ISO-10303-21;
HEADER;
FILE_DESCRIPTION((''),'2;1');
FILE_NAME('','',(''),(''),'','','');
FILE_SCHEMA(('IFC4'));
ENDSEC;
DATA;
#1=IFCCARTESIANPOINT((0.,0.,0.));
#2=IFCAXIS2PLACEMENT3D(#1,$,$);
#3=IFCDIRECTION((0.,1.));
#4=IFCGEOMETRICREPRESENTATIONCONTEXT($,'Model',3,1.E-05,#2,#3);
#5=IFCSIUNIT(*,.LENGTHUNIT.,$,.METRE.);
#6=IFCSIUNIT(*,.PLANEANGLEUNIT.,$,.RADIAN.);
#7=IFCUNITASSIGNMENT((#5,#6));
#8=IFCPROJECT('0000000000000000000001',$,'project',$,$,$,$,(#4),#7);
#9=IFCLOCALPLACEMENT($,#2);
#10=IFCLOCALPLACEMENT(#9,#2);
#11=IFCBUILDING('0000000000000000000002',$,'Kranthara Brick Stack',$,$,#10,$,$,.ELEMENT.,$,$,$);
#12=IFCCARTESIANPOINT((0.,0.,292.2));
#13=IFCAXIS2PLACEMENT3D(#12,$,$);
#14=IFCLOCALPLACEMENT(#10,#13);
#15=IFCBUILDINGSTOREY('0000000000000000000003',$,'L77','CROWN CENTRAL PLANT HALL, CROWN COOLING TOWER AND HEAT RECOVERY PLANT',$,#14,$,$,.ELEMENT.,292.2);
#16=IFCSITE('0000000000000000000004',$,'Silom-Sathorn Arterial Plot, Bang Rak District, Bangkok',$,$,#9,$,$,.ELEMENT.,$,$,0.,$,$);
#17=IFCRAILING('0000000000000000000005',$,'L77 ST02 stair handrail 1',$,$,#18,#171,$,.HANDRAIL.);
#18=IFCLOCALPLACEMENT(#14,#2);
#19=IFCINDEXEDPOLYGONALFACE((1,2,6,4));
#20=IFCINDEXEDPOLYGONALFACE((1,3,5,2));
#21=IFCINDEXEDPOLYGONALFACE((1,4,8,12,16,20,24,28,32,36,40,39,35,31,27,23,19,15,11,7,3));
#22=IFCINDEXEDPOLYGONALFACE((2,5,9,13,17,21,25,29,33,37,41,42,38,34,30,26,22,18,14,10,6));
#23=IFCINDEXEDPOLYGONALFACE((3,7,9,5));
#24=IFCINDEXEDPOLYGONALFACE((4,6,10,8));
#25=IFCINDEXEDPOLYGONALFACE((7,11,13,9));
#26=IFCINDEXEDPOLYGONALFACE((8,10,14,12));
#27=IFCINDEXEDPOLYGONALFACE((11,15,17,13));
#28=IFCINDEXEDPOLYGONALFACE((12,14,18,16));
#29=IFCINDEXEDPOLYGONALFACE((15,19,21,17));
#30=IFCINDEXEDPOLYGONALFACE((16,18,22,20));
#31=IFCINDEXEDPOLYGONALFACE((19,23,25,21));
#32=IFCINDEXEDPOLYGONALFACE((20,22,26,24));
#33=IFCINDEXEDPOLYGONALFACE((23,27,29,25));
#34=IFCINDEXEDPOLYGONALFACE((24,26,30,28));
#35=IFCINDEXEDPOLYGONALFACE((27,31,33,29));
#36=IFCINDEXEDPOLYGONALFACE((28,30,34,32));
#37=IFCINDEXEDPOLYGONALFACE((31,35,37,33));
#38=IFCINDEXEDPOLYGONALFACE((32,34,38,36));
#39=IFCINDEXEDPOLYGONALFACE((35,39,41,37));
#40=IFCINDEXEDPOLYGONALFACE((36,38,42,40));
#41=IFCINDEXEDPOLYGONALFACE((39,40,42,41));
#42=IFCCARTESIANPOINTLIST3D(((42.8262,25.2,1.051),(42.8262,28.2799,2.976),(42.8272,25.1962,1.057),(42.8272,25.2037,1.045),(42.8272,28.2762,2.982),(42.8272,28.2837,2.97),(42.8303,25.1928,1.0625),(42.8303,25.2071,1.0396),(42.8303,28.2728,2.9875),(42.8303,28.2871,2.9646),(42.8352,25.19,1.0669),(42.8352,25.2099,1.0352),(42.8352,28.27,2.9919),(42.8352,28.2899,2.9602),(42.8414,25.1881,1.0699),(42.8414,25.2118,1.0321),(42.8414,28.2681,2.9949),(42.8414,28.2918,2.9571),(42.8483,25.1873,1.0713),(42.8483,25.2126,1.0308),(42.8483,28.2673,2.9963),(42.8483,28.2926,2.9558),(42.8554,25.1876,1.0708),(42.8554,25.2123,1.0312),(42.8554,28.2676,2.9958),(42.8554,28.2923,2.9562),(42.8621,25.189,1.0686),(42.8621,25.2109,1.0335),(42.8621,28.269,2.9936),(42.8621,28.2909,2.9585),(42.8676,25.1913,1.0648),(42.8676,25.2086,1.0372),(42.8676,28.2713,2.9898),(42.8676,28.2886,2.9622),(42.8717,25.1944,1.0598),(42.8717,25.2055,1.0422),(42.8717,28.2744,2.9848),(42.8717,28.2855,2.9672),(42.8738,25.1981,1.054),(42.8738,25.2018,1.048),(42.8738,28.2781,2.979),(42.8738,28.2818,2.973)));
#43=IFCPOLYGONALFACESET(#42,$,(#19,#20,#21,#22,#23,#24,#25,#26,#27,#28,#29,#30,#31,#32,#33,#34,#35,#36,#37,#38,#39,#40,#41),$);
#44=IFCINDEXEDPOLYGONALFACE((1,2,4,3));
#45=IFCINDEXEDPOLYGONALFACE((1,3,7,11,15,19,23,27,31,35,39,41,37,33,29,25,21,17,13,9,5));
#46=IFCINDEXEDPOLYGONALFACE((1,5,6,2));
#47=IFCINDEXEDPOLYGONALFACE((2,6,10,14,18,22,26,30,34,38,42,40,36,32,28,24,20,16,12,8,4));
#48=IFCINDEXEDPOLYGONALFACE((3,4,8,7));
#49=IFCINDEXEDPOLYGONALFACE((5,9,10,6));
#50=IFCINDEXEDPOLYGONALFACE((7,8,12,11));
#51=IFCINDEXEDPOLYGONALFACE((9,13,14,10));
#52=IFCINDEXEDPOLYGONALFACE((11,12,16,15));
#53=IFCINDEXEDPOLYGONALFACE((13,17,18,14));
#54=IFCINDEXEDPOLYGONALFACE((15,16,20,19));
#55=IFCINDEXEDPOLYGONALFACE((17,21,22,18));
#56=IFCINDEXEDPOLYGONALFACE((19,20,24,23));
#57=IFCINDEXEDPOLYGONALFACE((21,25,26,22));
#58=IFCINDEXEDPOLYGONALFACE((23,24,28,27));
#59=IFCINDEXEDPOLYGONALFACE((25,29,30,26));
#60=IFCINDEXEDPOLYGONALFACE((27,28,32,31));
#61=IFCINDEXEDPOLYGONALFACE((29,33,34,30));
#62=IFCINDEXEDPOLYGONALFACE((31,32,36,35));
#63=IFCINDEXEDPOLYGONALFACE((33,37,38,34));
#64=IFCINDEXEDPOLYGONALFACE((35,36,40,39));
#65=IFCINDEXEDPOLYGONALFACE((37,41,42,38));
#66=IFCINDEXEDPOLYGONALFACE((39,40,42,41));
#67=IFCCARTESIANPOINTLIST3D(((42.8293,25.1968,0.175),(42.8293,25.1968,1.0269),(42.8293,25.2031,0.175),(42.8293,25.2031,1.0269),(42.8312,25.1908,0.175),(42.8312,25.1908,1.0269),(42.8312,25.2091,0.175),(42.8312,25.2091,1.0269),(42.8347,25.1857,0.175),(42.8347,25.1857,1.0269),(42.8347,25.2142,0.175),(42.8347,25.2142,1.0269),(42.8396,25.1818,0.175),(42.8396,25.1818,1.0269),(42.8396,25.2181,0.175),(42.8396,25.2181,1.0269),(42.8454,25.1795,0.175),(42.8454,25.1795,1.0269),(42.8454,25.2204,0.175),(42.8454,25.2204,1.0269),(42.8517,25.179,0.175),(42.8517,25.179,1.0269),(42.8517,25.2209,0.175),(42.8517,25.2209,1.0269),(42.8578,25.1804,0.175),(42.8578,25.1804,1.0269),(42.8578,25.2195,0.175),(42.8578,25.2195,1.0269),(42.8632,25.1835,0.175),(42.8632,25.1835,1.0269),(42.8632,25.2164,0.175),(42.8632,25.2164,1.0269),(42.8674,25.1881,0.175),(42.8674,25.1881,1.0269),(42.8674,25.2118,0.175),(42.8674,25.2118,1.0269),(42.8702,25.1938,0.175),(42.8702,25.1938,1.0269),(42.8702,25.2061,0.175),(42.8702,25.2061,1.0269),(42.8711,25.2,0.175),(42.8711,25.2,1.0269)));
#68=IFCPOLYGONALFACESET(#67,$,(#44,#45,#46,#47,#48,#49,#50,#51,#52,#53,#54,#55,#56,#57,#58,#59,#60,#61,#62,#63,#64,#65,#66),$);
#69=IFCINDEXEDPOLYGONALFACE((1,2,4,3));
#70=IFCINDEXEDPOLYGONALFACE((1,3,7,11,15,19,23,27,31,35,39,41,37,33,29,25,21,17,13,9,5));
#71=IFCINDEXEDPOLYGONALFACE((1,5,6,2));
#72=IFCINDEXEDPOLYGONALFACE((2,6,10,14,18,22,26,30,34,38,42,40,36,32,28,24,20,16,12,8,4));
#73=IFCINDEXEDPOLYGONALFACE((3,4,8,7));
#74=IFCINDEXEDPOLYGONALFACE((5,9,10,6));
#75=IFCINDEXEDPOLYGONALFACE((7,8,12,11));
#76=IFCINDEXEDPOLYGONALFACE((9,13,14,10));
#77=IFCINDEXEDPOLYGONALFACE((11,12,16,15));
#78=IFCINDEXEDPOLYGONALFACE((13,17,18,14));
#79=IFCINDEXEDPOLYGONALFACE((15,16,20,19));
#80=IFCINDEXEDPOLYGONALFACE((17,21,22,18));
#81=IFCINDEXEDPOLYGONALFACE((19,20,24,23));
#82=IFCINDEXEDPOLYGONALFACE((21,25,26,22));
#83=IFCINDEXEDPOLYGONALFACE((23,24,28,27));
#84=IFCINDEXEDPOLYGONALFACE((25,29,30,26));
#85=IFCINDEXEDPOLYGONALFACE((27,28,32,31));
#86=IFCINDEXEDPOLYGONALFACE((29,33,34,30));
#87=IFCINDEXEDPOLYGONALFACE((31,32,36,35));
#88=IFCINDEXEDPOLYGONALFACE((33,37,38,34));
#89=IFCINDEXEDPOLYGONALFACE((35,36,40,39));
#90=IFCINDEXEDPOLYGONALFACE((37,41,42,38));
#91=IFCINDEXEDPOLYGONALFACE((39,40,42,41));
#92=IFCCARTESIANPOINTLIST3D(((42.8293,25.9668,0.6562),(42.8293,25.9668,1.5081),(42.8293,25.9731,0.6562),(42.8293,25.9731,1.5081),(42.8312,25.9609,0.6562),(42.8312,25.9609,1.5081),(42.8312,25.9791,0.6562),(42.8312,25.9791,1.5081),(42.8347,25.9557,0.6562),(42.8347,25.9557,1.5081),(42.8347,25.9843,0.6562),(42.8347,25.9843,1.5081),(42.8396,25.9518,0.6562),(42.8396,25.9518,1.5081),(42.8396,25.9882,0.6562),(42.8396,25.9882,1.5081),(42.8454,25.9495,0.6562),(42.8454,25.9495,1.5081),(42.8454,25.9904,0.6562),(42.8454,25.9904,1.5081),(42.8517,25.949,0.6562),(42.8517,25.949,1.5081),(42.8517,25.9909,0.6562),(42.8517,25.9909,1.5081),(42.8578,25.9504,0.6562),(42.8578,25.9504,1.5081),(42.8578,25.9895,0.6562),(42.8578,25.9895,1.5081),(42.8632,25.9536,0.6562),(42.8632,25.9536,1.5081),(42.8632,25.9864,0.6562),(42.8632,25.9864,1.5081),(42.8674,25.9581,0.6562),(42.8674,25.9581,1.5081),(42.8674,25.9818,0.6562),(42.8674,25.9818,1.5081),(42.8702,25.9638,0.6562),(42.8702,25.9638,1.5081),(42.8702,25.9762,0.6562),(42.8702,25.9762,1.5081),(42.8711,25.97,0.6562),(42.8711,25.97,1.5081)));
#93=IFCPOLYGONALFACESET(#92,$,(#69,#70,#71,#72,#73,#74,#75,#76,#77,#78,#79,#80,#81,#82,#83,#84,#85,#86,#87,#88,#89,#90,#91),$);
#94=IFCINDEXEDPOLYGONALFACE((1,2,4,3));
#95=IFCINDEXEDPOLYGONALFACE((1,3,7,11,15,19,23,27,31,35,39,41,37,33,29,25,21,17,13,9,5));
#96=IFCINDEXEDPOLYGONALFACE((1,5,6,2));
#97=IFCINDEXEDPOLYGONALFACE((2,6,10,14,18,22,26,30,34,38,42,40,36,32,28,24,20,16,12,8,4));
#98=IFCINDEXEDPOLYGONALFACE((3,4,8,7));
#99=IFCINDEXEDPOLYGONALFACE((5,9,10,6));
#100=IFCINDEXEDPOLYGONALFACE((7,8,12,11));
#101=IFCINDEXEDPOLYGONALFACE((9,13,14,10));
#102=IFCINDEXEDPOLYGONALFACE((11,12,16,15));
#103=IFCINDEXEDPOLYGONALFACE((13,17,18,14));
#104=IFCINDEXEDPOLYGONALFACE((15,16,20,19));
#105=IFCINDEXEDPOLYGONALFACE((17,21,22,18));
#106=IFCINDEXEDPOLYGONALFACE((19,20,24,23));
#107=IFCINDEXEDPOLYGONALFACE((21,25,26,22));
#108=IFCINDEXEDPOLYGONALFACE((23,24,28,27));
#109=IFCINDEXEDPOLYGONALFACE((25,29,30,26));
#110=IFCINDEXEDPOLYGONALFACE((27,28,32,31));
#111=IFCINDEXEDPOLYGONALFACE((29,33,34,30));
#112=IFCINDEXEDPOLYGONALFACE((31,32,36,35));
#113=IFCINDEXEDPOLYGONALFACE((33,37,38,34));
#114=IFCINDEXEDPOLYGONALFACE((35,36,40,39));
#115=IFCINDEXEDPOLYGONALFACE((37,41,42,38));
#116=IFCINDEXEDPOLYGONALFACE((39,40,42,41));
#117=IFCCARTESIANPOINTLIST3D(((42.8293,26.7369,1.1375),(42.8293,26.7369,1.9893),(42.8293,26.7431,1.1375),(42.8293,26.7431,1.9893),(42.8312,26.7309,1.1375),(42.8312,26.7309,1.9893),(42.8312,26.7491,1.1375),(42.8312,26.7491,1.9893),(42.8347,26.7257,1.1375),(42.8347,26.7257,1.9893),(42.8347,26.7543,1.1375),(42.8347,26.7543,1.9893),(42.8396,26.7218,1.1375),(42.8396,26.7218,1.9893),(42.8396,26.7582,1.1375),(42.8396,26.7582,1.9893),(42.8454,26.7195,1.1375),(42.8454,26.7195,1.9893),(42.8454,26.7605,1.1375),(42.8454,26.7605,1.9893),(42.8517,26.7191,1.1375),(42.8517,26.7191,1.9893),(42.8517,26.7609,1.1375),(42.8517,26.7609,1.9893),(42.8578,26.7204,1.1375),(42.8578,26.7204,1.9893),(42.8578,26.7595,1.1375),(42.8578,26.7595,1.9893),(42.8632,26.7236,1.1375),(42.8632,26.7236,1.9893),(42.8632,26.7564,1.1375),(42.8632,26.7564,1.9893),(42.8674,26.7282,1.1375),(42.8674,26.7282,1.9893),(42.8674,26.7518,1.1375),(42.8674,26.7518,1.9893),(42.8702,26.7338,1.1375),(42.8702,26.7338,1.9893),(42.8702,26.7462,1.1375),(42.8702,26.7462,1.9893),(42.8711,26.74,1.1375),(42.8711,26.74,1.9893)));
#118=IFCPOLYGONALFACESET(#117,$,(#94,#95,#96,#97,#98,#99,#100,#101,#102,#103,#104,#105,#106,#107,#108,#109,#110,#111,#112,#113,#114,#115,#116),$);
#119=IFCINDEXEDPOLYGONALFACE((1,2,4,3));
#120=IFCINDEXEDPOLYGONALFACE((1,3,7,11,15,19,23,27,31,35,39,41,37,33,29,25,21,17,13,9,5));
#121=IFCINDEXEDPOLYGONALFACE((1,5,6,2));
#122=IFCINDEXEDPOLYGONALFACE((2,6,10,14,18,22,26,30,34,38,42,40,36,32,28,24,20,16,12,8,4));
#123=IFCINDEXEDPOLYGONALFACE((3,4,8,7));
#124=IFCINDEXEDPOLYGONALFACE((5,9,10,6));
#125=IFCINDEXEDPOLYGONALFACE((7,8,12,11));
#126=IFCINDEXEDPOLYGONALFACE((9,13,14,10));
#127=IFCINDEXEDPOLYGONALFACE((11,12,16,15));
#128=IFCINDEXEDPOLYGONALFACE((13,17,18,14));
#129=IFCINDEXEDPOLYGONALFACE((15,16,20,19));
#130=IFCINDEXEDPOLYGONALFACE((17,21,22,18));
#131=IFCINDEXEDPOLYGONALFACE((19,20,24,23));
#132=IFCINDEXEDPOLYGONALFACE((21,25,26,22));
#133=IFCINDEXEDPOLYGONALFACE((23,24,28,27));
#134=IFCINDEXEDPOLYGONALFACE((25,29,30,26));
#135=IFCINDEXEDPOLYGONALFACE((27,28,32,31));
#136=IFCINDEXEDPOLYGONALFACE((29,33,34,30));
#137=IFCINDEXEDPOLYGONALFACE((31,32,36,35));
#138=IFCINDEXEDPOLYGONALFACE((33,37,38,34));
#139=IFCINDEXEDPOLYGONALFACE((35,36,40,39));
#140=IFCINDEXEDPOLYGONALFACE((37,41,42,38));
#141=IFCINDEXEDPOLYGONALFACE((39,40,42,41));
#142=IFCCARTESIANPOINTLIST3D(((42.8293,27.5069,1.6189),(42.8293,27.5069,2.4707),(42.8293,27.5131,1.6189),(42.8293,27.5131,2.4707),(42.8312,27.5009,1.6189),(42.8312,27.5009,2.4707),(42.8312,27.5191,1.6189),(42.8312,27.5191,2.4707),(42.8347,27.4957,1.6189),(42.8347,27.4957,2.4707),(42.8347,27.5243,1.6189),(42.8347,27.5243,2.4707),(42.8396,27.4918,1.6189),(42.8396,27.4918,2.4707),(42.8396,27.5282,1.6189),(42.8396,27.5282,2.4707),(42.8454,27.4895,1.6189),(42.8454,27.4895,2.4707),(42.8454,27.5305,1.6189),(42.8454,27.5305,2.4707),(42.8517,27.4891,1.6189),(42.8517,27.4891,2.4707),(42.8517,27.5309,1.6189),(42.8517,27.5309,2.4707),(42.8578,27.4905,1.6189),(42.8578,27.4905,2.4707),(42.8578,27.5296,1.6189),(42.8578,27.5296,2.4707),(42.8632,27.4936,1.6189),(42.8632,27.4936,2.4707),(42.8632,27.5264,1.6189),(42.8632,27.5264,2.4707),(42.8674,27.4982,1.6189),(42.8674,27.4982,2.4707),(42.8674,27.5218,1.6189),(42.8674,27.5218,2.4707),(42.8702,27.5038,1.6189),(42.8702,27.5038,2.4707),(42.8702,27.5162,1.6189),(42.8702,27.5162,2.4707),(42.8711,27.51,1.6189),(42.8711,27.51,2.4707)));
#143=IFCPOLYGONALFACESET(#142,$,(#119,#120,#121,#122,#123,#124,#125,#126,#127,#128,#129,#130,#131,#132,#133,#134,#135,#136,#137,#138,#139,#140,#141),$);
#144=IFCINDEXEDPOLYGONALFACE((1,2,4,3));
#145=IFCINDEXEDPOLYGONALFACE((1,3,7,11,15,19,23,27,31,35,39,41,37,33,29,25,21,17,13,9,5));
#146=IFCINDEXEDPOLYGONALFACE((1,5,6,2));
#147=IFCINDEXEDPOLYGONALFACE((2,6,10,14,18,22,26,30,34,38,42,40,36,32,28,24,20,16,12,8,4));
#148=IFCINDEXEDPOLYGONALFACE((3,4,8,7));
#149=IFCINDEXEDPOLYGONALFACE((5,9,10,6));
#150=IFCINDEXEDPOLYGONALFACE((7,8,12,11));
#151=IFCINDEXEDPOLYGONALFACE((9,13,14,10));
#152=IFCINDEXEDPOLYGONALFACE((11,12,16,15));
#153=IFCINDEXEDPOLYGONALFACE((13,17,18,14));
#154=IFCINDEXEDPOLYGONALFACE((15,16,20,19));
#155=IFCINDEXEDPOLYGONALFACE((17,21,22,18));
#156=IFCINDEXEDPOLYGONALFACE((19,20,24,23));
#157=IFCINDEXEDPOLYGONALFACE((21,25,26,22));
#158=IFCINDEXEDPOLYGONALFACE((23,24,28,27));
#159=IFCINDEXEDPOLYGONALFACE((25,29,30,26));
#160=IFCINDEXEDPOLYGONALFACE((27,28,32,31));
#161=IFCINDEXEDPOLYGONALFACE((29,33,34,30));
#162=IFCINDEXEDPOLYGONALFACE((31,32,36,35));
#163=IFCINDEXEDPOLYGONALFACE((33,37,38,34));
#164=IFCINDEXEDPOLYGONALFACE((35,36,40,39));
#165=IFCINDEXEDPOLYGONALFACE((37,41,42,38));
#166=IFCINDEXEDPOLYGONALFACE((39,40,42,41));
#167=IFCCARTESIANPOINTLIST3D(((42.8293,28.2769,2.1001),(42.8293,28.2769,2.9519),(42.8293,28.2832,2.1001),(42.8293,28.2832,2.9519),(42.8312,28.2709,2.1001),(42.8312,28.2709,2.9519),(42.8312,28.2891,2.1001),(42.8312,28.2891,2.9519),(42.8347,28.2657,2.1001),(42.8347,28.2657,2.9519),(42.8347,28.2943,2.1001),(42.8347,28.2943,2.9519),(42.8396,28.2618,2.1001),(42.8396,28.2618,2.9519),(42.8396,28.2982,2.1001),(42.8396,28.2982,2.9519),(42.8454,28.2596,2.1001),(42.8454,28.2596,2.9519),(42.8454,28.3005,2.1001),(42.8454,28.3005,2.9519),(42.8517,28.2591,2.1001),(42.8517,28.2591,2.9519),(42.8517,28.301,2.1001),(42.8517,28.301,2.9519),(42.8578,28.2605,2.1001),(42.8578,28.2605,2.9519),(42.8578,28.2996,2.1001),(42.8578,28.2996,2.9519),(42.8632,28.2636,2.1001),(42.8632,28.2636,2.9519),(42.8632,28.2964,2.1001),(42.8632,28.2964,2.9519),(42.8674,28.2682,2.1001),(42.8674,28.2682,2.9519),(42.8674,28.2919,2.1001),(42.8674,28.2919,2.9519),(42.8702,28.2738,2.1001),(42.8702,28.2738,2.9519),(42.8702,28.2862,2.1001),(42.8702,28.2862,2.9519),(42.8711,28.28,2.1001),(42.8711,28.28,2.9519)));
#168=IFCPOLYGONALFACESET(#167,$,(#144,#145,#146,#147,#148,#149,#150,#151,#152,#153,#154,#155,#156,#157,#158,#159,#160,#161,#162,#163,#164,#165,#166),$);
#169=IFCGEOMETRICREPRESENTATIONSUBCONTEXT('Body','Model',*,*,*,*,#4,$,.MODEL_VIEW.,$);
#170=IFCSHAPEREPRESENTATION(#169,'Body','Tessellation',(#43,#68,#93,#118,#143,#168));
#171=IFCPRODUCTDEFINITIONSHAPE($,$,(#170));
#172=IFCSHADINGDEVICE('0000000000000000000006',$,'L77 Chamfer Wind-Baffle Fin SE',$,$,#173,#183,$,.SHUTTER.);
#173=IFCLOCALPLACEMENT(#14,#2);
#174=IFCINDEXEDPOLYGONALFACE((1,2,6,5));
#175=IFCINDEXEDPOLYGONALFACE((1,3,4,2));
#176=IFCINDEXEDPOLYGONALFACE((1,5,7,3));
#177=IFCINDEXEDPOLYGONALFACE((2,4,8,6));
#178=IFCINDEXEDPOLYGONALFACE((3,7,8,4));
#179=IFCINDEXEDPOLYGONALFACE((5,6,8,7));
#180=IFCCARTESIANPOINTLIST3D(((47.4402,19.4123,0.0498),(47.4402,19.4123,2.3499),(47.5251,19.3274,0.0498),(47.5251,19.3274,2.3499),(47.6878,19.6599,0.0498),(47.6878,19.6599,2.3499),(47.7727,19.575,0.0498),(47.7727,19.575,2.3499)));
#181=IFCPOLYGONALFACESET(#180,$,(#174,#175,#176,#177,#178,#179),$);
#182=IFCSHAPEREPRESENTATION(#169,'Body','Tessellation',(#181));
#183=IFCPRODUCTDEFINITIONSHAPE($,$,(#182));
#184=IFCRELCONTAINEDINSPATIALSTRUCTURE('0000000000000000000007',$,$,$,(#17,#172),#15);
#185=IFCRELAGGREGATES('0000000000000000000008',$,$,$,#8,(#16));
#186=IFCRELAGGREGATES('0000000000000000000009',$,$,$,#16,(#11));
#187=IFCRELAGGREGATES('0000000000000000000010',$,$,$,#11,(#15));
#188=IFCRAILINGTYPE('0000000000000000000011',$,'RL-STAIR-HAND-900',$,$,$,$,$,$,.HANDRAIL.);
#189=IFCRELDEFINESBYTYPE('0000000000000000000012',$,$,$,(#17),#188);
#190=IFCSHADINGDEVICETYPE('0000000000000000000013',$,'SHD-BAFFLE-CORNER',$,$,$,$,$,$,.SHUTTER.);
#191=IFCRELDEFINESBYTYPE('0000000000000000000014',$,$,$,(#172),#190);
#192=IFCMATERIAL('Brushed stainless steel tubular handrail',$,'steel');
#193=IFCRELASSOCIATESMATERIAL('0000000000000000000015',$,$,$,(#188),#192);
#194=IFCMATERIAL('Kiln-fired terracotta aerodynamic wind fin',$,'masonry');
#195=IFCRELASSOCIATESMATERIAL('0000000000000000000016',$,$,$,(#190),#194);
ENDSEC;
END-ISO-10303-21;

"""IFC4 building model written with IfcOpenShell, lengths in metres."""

from ifc_helpers import new_model, si_unit, direction, frame, origin, origin_2d, place, context, subcontext, project, spatial, rectangle, circle, extrude, material, type_object, element, save


model = new_model("IFC4")

# Units and contexts
model_context = context("Model", 3, precision=1e-05, world=origin(), true_north=direction((0.0, 1.0)))
body_context = subcontext(model_context, "Body", "Model", "MODEL_VIEW")
ifc_project = project(units=[si_unit("LENGTHUNIT", "METRE"), si_unit("PLANEANGLEUNIT", "RADIAN")], contexts=[model_context])

# Site, building, storey
site_placement = place(None, origin())
site = spatial("IfcSite", under=ifc_project, at=site_placement, Name="Silom-Sathorn Arterial Plot, Bang Rak District, Bangkok", CompositionType="ELEMENT", RefElevation=0.0)
building_placement = place(site_placement, origin())
building = spatial("IfcBuilding", under=site, at=building_placement, Name="Kranthara Brick Stack", CompositionType="ELEMENT")
storey_placement = place(building_placement, frame((0.0, 0.0, 292.2)))
storey = spatial("IfcBuildingStorey", under=building, at=storey_placement, Name="L77", Description="CROWN CENTRAL PLANT HALL, CROWN COOLING TOWER AND HEAT RECOVERY PLANT", CompositionType="ELEMENT", Elevation=292.2)

# Railing
ifc_material_1 = material(Name="Brushed stainless steel tubular handrail", Category="steel")
railing_type_1 = type_object("IfcRailingType", Name="RL-STAIR-HAND-900", PredefinedType="HANDRAIL", material=ifc_material_1)
railing_1_placement = place(storey_placement, frame((42.8501, 25.2, 0.175)))
element("IfcRailing", 1, at=railing_1_placement, inside=storey, type_object=railing_type_1, Name="L77 ST02 stair handrail 1", PredefinedType="HANDRAIL", context=body_context, shape_type="SweptSolid", body=[
    extrude(circle(Radius=0.0239, at=origin_2d()), frame((0.0, 0.0, 0.876), z_axis=(0.0, 0.847998, 0.529999), x_axis=(-1.0, 0.0, 0.0)), (0.0, 0.0, 1.0), 3.6321),
    extrude(circle(Radius=0.021, at=origin_2d()), origin(), (0.0, 0.0, 1.0), 0.8518),
    extrude(circle(Radius=0.021, at=origin_2d()), frame((0.0, 0.77, 0.4812)), (0.0, 0.0, 1.0), 0.8518),
    extrude(circle(Radius=0.021, at=origin_2d()), frame((0.0, 1.54, 0.9624)), (0.0, 0.0, 1.0), 0.8518),
    extrude(circle(Radius=0.021, at=origin_2d()), frame((0.0, 2.3101, 1.4438)), (0.0, 0.0, 1.0), 0.8518),
    extrude(circle(Radius=0.021, at=origin_2d()), frame((0.0, 3.0801, 1.925)), (0.0, 0.0, 1.0), 0.8518),
])

# Shading device
ifc_material_2 = material(Name="Kiln-fired terracotta aerodynamic wind fin", Category="masonry")
shading_device_type = type_object("IfcShadingDeviceType", Name="SHD-BAFFLE-CORNER", PredefinedType="SHUTTER", material=ifc_material_2)
shading_device_placement = place(storey_placement, frame((47.6064, 19.4937, 0.0498), z_axis=(0.0, 0.0, 1.0), x_axis=(-0.707107, -0.707107, 0.0)))
element("IfcShadingDevice", 2, at=shading_device_placement, inside=storey, type_object=shading_device_type, Name="L77 Chamfer Wind-Baffle Fin SE", PredefinedType="SHUTTER", context=body_context, shape_type="SweptSolid", body=[
    extrude(rectangle(XDim=0.3501, YDim=0.1201, at=origin_2d()), origin(), (0.0, 0.0, 1.0), 2.3),
])

save(model, "model.ifc")
